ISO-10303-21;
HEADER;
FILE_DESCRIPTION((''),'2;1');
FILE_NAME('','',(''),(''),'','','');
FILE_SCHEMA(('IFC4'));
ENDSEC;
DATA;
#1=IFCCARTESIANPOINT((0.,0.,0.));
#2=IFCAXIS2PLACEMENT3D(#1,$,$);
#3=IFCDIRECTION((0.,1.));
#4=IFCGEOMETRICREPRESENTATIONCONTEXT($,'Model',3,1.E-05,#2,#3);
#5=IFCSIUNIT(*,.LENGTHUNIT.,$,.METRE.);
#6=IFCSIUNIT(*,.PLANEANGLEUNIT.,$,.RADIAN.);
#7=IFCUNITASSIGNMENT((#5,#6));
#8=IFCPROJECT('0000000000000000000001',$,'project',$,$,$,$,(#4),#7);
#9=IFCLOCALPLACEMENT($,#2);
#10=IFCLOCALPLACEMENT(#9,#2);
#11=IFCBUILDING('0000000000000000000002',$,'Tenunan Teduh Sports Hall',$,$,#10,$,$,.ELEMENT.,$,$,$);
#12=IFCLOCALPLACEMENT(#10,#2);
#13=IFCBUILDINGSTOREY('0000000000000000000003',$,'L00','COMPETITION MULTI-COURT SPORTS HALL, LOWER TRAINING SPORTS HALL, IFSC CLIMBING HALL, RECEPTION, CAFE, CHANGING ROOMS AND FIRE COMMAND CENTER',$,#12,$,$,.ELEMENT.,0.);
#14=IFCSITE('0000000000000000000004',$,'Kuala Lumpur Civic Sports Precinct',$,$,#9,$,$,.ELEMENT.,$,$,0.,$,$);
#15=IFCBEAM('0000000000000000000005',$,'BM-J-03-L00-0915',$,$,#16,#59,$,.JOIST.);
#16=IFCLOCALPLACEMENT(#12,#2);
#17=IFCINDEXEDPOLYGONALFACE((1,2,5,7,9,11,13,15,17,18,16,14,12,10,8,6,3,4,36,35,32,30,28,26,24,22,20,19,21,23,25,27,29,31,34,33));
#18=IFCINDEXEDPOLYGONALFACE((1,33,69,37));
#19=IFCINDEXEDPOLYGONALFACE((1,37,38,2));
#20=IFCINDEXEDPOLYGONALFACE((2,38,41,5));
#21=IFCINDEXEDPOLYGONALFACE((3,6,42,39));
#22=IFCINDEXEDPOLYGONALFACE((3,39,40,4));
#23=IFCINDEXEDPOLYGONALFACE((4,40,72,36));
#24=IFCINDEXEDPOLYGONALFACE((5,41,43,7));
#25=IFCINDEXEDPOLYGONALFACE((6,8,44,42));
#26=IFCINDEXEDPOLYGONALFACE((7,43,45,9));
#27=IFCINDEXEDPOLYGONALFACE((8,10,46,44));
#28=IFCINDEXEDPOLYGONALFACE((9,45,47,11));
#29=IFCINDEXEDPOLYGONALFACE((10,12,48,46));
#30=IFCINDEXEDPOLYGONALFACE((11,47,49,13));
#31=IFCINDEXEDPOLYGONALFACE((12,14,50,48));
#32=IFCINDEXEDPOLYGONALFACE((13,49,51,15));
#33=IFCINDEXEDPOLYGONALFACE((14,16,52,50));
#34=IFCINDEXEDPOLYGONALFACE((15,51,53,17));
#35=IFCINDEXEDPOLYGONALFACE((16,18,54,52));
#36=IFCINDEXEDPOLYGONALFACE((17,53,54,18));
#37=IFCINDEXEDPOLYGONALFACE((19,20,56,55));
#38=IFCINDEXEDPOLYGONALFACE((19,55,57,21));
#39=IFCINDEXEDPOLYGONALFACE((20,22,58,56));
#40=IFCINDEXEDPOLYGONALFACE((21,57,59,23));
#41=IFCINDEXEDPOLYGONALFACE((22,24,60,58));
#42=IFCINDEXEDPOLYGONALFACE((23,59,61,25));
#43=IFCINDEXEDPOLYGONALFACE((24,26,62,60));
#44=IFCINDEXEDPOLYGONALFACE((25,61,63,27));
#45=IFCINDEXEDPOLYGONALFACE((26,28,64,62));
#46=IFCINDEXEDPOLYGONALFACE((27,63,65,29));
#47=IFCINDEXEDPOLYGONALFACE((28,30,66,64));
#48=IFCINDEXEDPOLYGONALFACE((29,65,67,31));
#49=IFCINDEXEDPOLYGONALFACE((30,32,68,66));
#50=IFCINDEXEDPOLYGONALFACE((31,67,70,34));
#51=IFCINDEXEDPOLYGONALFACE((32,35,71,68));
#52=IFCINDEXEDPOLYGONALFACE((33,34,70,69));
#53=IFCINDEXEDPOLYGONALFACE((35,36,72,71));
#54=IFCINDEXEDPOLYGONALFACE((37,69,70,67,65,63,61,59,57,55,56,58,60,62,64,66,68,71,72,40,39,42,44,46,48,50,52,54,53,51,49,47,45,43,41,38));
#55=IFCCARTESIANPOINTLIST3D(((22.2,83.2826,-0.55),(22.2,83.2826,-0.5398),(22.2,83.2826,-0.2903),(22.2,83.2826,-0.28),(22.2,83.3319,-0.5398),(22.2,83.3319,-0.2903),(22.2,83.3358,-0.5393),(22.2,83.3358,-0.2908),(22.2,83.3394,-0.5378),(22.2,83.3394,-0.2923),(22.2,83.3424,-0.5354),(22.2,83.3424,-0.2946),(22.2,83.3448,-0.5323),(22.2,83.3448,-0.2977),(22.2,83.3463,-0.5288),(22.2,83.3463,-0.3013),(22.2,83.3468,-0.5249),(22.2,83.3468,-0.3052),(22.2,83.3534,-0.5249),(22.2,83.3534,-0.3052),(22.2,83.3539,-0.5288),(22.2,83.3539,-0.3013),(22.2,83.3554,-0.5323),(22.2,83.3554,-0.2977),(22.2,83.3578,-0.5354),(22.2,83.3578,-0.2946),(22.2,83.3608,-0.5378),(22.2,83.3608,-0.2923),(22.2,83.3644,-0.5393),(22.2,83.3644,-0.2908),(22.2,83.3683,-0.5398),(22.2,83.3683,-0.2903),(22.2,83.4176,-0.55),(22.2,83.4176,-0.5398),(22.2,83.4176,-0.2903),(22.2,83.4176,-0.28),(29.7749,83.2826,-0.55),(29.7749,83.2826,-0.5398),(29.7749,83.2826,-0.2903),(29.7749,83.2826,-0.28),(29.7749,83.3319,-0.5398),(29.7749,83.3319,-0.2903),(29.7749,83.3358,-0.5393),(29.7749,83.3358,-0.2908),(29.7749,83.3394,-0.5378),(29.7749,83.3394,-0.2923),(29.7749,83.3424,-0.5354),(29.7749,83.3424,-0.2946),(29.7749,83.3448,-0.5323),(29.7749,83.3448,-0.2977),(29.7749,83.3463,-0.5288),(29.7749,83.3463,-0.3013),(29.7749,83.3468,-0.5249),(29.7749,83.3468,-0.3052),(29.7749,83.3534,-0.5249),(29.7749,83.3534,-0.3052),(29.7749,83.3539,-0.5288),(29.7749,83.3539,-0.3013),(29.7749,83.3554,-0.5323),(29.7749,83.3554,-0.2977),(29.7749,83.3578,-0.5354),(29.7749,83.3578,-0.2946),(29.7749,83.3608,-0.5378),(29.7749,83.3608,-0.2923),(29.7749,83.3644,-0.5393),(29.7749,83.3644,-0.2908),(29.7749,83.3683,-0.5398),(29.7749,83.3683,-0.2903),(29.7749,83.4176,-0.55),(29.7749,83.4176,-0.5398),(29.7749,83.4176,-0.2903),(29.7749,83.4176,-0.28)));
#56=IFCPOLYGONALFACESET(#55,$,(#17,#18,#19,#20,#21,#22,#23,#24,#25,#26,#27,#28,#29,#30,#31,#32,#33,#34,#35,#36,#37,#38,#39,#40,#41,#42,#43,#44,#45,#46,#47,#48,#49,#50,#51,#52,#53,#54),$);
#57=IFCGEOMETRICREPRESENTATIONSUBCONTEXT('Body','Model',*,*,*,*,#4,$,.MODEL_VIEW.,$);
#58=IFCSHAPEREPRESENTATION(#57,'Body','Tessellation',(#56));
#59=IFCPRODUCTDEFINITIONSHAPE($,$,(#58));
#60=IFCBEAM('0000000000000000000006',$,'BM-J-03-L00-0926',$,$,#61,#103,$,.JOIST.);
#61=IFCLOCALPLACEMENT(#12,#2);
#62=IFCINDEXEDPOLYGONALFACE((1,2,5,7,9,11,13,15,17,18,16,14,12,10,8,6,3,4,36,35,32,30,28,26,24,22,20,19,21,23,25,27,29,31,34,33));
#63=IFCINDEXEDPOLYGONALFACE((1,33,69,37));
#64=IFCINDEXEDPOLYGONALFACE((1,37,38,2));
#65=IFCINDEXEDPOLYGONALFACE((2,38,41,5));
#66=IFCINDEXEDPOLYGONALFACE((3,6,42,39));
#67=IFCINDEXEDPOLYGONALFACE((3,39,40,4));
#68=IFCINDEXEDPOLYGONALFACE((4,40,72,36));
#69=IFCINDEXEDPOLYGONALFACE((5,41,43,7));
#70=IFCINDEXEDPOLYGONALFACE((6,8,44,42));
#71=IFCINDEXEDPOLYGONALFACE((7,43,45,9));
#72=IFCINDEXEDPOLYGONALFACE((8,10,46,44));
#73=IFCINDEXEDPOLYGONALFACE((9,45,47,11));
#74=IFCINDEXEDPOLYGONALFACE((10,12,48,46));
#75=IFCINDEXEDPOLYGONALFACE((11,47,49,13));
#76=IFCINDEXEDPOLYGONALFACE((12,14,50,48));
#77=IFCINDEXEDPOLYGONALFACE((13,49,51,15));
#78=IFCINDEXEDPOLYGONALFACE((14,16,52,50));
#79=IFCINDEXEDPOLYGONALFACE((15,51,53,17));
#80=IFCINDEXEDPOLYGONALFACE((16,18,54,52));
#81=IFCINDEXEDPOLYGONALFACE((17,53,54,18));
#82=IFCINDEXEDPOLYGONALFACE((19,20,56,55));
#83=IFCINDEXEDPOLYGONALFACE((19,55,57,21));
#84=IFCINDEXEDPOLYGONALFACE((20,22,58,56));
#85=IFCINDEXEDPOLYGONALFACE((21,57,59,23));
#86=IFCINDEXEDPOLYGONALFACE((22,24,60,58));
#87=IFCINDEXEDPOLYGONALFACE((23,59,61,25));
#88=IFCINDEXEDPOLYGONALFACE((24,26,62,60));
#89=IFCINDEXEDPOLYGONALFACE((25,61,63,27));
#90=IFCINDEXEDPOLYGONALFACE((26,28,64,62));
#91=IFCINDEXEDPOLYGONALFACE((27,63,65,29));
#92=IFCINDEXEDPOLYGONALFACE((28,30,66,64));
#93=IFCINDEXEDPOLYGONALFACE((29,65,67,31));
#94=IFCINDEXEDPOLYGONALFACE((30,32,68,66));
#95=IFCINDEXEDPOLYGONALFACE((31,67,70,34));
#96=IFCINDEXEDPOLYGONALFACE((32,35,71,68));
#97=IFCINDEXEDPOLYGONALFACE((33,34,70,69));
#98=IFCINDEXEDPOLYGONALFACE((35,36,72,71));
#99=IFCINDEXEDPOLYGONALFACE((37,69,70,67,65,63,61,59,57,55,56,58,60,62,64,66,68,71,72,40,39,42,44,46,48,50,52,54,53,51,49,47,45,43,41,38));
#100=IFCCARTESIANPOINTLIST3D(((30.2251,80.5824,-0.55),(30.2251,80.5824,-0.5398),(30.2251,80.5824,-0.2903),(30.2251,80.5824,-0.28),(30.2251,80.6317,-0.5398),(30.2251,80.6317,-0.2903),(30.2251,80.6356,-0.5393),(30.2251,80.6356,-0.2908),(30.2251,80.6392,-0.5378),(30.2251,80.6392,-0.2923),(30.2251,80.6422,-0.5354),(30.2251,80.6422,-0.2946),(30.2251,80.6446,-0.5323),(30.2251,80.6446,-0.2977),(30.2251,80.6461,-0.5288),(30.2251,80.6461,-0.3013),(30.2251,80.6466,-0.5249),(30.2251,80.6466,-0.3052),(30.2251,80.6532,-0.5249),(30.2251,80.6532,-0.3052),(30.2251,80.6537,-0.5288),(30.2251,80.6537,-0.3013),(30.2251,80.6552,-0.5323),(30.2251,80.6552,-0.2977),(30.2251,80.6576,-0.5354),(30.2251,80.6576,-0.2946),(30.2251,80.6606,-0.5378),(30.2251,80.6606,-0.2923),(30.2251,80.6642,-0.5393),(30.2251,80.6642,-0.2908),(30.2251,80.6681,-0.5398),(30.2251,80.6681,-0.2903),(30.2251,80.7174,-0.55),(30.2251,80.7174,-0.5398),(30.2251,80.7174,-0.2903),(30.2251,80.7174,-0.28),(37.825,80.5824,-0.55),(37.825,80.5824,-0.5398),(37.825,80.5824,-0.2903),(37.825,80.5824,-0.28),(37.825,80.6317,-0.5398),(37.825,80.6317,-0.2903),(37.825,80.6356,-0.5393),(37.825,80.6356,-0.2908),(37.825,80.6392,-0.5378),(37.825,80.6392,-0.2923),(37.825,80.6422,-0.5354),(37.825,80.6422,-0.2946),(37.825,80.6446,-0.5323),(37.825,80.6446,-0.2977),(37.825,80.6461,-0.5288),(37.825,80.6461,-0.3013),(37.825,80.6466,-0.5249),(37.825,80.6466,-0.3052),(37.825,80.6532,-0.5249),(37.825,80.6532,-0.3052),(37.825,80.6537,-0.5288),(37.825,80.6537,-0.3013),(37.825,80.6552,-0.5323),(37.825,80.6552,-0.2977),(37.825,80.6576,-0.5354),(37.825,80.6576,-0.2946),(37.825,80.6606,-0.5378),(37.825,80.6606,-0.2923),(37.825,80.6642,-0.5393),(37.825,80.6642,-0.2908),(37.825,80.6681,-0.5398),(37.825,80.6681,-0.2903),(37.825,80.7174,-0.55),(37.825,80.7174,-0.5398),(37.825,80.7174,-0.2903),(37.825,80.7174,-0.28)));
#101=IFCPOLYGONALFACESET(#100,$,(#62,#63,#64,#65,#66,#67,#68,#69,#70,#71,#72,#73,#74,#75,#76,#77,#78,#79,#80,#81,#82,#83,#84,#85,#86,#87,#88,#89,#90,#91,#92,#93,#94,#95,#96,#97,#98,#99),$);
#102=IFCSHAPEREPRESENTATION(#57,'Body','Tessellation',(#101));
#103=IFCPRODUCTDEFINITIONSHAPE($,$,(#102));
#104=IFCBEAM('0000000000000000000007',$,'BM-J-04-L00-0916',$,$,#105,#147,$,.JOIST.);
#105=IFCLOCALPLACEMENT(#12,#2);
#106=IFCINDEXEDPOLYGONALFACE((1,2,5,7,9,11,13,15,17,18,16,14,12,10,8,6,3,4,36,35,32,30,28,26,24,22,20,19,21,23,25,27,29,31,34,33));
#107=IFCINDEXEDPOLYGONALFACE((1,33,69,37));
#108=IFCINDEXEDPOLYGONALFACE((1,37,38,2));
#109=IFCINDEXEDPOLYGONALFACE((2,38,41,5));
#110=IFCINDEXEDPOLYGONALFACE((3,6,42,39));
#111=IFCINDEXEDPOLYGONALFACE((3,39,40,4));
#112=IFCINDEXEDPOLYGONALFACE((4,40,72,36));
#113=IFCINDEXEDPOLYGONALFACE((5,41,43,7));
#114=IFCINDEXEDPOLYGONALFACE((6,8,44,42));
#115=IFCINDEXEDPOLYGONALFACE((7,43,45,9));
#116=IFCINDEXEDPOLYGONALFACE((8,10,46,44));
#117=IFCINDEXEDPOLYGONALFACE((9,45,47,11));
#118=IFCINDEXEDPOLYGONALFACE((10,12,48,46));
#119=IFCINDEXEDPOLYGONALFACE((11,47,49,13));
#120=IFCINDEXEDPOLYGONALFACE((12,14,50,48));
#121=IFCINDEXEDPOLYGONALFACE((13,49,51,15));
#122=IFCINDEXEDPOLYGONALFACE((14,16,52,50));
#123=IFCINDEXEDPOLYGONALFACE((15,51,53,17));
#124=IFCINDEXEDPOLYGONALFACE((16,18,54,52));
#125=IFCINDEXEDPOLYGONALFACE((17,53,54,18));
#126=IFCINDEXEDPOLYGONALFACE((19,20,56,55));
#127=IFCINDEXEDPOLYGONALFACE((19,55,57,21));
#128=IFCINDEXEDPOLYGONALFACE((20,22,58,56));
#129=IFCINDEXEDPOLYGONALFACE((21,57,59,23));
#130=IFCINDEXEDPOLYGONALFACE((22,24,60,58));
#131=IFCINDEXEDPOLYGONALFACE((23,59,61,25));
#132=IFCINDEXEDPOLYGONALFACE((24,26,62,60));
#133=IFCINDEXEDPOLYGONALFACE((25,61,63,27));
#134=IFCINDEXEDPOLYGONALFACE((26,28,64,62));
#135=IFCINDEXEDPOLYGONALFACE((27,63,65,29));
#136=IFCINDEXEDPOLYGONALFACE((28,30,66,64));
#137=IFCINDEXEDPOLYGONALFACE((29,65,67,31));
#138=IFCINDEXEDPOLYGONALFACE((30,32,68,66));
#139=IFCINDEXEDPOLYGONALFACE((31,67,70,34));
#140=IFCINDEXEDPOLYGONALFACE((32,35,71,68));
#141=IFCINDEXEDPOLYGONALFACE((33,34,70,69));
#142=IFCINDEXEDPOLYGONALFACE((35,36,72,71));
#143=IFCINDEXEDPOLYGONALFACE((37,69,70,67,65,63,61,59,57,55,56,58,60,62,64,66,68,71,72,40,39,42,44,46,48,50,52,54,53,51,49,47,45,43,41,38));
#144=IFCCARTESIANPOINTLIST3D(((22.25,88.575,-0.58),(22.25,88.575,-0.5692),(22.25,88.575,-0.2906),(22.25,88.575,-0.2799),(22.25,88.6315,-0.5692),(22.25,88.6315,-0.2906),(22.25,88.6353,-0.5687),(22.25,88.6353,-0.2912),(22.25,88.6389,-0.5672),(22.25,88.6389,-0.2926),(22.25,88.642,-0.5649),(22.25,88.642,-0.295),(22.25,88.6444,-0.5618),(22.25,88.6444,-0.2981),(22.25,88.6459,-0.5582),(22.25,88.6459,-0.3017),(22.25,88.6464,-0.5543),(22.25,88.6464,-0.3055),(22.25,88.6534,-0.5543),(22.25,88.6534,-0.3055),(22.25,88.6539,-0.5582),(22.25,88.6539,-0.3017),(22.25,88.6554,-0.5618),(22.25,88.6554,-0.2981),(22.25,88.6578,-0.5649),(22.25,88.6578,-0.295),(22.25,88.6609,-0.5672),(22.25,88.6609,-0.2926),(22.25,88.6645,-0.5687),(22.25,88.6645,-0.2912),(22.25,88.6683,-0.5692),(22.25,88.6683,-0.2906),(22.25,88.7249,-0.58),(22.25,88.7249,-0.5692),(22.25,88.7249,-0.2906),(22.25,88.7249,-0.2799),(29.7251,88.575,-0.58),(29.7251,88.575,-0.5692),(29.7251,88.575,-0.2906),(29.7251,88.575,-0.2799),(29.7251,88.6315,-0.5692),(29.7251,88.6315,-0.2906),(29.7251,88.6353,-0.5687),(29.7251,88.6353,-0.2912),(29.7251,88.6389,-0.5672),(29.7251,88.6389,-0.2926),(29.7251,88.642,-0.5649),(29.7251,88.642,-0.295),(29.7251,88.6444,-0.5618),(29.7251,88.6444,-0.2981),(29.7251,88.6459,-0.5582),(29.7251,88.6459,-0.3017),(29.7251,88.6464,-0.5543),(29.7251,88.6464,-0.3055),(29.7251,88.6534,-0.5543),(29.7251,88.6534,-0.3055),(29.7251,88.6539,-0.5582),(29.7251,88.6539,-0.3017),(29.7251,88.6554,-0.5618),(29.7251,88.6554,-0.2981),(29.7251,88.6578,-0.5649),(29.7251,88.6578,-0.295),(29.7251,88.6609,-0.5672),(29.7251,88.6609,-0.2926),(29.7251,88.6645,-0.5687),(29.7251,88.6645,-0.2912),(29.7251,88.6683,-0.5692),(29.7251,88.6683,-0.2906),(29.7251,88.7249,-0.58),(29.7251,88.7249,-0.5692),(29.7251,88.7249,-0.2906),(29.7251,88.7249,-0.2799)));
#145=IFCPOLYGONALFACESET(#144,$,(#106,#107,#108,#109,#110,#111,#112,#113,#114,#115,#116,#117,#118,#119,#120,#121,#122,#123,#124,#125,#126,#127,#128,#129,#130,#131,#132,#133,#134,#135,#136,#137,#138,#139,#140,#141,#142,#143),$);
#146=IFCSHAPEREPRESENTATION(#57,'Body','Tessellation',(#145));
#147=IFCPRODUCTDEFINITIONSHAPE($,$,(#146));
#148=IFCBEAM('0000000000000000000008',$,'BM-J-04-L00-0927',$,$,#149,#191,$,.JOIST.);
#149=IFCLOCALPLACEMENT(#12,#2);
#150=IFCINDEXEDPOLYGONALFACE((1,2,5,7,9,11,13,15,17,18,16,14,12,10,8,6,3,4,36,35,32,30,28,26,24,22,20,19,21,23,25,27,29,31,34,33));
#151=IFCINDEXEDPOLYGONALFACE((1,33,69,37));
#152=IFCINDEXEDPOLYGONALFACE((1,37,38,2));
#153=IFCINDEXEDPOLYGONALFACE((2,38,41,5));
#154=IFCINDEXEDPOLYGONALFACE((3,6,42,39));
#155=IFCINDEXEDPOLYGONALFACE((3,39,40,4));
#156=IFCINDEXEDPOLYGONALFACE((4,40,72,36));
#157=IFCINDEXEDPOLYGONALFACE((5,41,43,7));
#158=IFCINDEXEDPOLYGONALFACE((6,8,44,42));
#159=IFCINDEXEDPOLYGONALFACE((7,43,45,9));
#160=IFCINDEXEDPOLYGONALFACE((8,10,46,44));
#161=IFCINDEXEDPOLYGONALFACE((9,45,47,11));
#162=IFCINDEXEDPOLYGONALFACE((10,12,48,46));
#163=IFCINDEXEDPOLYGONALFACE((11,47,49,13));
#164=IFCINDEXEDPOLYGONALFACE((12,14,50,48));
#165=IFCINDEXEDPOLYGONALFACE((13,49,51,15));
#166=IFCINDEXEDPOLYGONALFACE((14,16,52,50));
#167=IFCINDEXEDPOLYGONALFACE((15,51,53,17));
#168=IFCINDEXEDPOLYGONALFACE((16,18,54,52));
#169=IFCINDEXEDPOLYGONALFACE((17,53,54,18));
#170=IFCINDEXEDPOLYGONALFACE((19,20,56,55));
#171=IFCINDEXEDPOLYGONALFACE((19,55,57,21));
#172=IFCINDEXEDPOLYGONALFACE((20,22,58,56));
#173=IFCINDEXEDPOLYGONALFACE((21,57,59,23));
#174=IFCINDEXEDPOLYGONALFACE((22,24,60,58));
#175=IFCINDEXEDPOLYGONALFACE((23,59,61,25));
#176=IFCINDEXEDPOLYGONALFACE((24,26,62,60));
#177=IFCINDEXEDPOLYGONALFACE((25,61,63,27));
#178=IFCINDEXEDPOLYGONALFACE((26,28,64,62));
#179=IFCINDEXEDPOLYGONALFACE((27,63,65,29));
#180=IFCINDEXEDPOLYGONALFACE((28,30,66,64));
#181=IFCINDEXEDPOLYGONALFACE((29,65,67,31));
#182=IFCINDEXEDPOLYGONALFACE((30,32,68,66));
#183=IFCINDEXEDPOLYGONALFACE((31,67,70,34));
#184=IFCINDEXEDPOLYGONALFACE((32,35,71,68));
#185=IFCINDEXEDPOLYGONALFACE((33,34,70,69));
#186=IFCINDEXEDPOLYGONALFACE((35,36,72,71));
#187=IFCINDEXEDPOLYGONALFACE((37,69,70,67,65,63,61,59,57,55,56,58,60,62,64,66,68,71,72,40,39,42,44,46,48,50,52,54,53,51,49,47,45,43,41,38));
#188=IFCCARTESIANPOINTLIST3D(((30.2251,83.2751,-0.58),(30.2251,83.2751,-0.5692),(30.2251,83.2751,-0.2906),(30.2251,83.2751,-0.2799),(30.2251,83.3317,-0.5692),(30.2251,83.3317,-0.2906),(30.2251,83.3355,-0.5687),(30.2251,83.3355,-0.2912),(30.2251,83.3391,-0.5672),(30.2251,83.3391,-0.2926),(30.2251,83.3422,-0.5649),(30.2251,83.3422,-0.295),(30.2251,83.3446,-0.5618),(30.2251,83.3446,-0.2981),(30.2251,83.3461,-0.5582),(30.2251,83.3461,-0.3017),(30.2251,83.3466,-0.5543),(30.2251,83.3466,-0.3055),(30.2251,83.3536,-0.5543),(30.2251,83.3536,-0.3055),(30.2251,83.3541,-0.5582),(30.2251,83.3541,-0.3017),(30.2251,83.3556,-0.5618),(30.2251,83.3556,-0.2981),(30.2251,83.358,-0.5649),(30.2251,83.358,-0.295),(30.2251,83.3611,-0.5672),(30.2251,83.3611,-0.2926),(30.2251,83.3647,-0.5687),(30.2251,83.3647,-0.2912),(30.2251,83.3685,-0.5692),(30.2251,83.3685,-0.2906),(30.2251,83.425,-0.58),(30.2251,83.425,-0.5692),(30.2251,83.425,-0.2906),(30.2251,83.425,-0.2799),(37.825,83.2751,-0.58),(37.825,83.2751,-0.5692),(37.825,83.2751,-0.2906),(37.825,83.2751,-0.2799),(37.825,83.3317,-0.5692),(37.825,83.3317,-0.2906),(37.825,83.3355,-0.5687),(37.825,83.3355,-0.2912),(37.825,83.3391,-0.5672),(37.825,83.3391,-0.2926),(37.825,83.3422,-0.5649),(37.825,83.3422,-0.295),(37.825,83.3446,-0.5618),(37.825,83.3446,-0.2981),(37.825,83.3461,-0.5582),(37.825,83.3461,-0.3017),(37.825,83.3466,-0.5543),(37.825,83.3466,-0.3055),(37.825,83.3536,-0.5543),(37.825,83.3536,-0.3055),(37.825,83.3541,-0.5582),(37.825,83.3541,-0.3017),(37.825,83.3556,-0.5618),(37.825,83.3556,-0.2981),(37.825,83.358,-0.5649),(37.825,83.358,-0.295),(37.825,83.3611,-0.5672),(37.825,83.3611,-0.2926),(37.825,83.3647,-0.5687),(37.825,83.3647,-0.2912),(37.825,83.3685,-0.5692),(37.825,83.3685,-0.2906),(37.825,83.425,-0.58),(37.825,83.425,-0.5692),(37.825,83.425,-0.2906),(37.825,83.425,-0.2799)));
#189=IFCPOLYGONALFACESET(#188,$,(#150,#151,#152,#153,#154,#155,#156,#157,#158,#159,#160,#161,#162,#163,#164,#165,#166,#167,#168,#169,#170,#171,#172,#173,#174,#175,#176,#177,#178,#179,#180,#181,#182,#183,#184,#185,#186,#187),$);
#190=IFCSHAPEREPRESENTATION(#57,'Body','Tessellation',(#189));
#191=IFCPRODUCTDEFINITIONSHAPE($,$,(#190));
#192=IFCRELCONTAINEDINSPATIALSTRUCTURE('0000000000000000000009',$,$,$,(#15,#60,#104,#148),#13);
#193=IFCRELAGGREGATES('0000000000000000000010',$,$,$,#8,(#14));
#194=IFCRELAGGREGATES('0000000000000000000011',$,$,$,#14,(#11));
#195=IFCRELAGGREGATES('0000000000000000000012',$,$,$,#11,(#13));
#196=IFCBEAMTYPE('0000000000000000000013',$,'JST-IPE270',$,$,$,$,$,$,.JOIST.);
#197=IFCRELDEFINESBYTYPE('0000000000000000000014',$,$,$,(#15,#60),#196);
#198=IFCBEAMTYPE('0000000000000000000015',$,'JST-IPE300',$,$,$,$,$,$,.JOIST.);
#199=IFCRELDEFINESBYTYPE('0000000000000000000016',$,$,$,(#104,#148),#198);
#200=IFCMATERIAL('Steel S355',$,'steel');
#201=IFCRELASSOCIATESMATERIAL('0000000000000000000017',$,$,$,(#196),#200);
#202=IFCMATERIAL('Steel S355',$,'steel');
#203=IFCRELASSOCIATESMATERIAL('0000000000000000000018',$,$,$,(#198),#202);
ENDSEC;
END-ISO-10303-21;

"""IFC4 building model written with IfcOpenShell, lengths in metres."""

from ifc_helpers import new_model, si_unit, direction, frame, origin, origin_2d, place, context, subcontext, project, spatial, i_section, extrude, material, material_profile, profile_set, type_object, element, save


model = new_model("IFC4")

# Units and contexts
model_context = context("Model", 3, precision=1e-05, world=origin(), true_north=direction((0.0, 1.0)))
body_context = subcontext(model_context, "Body", "Model", "MODEL_VIEW")
ifc_project = project(units=[si_unit("LENGTHUNIT", "METRE"), si_unit("PLANEANGLEUNIT", "RADIAN")], contexts=[model_context])

# Site, building, storey
site_placement = place(None, origin())
site = spatial("IfcSite", under=ifc_project, at=site_placement, Name="Kuala Lumpur Civic Sports Precinct", CompositionType="ELEMENT", RefElevation=0.0)
building_placement = place(site_placement, origin())
building = spatial("IfcBuilding", under=site, at=building_placement, Name="Tenunan Teduh Sports Hall", CompositionType="ELEMENT")
storey_placement = place(building_placement, origin())
storey = spatial("IfcBuildingStorey", under=building, at=storey_placement, Name="L00", Description="COMPETITION MULTI-COURT SPORTS HALL, LOWER TRAINING SPORTS HALL, IFSC CLIMBING HALL, RECEPTION, CAFE, CHANGING ROOMS AND FIRE COMMAND CENTER", CompositionType="ELEMENT", Elevation=0.0)

# Beams
ifc_material_1 = material(Name="Steel S355", Category="steel")
ifc_material_profile_1 = material_profile(ifc_material_1, i_section(OverallWidth=0.135, OverallDepth=0.27, WebThickness=0.0066, FlangeThickness=0.0103, FilletRadius=0.0149, at=origin_2d()), Name="IPE 270")
ifc_profile_set_1 = profile_set([ifc_material_profile_1], Name="Steel S355")
beam_type_1 = type_object("IfcBeamType", Name="JST-IPE270", PredefinedType="JOIST", material=ifc_profile_set_1)
beam_1_placement = place(storey_placement, frame((22.2, 83.3501, -0.415), z_axis=(1.0, 0.0, 0.0), x_axis=(0.0, 1.0, 0.0)))
element("IfcBeam", 1, at=beam_1_placement, inside=storey, type_object=beam_type_1, Name="BM-J-03-L00-0915", PredefinedType="JOIST", context=body_context, shape_type="SweptSolid", body=[
    extrude(i_section(OverallWidth=0.135, OverallDepth=0.27, WebThickness=0.0066, FlangeThickness=0.0103, FilletRadius=0.0149, at=origin_2d()), origin(), (0.0, 0.0, 1.0), 7.575),
])
beam_2_placement = place(storey_placement, frame((30.2251, 80.6499, -0.415), z_axis=(1.0, 0.0, 0.0), x_axis=(0.0, 1.0, 0.0)))
element("IfcBeam", 2, at=beam_2_placement, inside=storey, type_object=beam_type_1, Name="BM-J-03-L00-0926", PredefinedType="JOIST", context=body_context, shape_type="SweptSolid", body=[
    extrude(i_section(OverallWidth=0.135, OverallDepth=0.27, WebThickness=0.0066, FlangeThickness=0.0103, FilletRadius=0.0149, at=origin_2d()), origin(), (0.0, 0.0, 1.0), 7.5999),
])
ifc_material_2 = material(Name="Steel S355", Category="steel")
ifc_material_profile_2 = material_profile(ifc_material_2, i_section(OverallWidth=0.1499, OverallDepth=0.3, WebThickness=0.0071, FlangeThickness=0.0107, FilletRadius=0.0149, at=origin_2d()), Name="IPE 300")
ifc_profile_set_2 = profile_set([ifc_material_profile_2], Name="Steel S355")
beam_type_2 = type_object("IfcBeamType", Name="JST-IPE300", PredefinedType="JOIST", material=ifc_profile_set_2)
beam_3_placement = place(storey_placement, frame((22.25, 88.6499, -0.4299), z_axis=(1.0, 0.0, 0.0), x_axis=(0.0, 1.0, 0.0)))
element("IfcBeam", 3, at=beam_3_placement, inside=storey, type_object=beam_type_2, Name="BM-J-04-L00-0916", PredefinedType="JOIST", context=body_context, shape_type="SweptSolid", body=[
    extrude(i_section(OverallWidth=0.1499, OverallDepth=0.3, WebThickness=0.0071, FlangeThickness=0.0107, FilletRadius=0.0149, at=origin_2d()), origin(), (0.0, 0.0, 1.0), 7.4751),
])
beam_4_placement = place(storey_placement, frame((30.2251, 83.3501, -0.4299), z_axis=(1.0, 0.0, 0.0), x_axis=(0.0, 1.0, 0.0)))
element("IfcBeam", 4, at=beam_4_placement, inside=storey, type_object=beam_type_2, Name="BM-J-04-L00-0927", PredefinedType="JOIST", context=body_context, shape_type="SweptSolid", body=[
    extrude(i_section(OverallWidth=0.1499, OverallDepth=0.3, WebThickness=0.0071, FlangeThickness=0.0107, FilletRadius=0.0149, at=origin_2d()), origin(), (0.0, 0.0, 1.0), 7.5999),
])

save(model, "model.ifc")
